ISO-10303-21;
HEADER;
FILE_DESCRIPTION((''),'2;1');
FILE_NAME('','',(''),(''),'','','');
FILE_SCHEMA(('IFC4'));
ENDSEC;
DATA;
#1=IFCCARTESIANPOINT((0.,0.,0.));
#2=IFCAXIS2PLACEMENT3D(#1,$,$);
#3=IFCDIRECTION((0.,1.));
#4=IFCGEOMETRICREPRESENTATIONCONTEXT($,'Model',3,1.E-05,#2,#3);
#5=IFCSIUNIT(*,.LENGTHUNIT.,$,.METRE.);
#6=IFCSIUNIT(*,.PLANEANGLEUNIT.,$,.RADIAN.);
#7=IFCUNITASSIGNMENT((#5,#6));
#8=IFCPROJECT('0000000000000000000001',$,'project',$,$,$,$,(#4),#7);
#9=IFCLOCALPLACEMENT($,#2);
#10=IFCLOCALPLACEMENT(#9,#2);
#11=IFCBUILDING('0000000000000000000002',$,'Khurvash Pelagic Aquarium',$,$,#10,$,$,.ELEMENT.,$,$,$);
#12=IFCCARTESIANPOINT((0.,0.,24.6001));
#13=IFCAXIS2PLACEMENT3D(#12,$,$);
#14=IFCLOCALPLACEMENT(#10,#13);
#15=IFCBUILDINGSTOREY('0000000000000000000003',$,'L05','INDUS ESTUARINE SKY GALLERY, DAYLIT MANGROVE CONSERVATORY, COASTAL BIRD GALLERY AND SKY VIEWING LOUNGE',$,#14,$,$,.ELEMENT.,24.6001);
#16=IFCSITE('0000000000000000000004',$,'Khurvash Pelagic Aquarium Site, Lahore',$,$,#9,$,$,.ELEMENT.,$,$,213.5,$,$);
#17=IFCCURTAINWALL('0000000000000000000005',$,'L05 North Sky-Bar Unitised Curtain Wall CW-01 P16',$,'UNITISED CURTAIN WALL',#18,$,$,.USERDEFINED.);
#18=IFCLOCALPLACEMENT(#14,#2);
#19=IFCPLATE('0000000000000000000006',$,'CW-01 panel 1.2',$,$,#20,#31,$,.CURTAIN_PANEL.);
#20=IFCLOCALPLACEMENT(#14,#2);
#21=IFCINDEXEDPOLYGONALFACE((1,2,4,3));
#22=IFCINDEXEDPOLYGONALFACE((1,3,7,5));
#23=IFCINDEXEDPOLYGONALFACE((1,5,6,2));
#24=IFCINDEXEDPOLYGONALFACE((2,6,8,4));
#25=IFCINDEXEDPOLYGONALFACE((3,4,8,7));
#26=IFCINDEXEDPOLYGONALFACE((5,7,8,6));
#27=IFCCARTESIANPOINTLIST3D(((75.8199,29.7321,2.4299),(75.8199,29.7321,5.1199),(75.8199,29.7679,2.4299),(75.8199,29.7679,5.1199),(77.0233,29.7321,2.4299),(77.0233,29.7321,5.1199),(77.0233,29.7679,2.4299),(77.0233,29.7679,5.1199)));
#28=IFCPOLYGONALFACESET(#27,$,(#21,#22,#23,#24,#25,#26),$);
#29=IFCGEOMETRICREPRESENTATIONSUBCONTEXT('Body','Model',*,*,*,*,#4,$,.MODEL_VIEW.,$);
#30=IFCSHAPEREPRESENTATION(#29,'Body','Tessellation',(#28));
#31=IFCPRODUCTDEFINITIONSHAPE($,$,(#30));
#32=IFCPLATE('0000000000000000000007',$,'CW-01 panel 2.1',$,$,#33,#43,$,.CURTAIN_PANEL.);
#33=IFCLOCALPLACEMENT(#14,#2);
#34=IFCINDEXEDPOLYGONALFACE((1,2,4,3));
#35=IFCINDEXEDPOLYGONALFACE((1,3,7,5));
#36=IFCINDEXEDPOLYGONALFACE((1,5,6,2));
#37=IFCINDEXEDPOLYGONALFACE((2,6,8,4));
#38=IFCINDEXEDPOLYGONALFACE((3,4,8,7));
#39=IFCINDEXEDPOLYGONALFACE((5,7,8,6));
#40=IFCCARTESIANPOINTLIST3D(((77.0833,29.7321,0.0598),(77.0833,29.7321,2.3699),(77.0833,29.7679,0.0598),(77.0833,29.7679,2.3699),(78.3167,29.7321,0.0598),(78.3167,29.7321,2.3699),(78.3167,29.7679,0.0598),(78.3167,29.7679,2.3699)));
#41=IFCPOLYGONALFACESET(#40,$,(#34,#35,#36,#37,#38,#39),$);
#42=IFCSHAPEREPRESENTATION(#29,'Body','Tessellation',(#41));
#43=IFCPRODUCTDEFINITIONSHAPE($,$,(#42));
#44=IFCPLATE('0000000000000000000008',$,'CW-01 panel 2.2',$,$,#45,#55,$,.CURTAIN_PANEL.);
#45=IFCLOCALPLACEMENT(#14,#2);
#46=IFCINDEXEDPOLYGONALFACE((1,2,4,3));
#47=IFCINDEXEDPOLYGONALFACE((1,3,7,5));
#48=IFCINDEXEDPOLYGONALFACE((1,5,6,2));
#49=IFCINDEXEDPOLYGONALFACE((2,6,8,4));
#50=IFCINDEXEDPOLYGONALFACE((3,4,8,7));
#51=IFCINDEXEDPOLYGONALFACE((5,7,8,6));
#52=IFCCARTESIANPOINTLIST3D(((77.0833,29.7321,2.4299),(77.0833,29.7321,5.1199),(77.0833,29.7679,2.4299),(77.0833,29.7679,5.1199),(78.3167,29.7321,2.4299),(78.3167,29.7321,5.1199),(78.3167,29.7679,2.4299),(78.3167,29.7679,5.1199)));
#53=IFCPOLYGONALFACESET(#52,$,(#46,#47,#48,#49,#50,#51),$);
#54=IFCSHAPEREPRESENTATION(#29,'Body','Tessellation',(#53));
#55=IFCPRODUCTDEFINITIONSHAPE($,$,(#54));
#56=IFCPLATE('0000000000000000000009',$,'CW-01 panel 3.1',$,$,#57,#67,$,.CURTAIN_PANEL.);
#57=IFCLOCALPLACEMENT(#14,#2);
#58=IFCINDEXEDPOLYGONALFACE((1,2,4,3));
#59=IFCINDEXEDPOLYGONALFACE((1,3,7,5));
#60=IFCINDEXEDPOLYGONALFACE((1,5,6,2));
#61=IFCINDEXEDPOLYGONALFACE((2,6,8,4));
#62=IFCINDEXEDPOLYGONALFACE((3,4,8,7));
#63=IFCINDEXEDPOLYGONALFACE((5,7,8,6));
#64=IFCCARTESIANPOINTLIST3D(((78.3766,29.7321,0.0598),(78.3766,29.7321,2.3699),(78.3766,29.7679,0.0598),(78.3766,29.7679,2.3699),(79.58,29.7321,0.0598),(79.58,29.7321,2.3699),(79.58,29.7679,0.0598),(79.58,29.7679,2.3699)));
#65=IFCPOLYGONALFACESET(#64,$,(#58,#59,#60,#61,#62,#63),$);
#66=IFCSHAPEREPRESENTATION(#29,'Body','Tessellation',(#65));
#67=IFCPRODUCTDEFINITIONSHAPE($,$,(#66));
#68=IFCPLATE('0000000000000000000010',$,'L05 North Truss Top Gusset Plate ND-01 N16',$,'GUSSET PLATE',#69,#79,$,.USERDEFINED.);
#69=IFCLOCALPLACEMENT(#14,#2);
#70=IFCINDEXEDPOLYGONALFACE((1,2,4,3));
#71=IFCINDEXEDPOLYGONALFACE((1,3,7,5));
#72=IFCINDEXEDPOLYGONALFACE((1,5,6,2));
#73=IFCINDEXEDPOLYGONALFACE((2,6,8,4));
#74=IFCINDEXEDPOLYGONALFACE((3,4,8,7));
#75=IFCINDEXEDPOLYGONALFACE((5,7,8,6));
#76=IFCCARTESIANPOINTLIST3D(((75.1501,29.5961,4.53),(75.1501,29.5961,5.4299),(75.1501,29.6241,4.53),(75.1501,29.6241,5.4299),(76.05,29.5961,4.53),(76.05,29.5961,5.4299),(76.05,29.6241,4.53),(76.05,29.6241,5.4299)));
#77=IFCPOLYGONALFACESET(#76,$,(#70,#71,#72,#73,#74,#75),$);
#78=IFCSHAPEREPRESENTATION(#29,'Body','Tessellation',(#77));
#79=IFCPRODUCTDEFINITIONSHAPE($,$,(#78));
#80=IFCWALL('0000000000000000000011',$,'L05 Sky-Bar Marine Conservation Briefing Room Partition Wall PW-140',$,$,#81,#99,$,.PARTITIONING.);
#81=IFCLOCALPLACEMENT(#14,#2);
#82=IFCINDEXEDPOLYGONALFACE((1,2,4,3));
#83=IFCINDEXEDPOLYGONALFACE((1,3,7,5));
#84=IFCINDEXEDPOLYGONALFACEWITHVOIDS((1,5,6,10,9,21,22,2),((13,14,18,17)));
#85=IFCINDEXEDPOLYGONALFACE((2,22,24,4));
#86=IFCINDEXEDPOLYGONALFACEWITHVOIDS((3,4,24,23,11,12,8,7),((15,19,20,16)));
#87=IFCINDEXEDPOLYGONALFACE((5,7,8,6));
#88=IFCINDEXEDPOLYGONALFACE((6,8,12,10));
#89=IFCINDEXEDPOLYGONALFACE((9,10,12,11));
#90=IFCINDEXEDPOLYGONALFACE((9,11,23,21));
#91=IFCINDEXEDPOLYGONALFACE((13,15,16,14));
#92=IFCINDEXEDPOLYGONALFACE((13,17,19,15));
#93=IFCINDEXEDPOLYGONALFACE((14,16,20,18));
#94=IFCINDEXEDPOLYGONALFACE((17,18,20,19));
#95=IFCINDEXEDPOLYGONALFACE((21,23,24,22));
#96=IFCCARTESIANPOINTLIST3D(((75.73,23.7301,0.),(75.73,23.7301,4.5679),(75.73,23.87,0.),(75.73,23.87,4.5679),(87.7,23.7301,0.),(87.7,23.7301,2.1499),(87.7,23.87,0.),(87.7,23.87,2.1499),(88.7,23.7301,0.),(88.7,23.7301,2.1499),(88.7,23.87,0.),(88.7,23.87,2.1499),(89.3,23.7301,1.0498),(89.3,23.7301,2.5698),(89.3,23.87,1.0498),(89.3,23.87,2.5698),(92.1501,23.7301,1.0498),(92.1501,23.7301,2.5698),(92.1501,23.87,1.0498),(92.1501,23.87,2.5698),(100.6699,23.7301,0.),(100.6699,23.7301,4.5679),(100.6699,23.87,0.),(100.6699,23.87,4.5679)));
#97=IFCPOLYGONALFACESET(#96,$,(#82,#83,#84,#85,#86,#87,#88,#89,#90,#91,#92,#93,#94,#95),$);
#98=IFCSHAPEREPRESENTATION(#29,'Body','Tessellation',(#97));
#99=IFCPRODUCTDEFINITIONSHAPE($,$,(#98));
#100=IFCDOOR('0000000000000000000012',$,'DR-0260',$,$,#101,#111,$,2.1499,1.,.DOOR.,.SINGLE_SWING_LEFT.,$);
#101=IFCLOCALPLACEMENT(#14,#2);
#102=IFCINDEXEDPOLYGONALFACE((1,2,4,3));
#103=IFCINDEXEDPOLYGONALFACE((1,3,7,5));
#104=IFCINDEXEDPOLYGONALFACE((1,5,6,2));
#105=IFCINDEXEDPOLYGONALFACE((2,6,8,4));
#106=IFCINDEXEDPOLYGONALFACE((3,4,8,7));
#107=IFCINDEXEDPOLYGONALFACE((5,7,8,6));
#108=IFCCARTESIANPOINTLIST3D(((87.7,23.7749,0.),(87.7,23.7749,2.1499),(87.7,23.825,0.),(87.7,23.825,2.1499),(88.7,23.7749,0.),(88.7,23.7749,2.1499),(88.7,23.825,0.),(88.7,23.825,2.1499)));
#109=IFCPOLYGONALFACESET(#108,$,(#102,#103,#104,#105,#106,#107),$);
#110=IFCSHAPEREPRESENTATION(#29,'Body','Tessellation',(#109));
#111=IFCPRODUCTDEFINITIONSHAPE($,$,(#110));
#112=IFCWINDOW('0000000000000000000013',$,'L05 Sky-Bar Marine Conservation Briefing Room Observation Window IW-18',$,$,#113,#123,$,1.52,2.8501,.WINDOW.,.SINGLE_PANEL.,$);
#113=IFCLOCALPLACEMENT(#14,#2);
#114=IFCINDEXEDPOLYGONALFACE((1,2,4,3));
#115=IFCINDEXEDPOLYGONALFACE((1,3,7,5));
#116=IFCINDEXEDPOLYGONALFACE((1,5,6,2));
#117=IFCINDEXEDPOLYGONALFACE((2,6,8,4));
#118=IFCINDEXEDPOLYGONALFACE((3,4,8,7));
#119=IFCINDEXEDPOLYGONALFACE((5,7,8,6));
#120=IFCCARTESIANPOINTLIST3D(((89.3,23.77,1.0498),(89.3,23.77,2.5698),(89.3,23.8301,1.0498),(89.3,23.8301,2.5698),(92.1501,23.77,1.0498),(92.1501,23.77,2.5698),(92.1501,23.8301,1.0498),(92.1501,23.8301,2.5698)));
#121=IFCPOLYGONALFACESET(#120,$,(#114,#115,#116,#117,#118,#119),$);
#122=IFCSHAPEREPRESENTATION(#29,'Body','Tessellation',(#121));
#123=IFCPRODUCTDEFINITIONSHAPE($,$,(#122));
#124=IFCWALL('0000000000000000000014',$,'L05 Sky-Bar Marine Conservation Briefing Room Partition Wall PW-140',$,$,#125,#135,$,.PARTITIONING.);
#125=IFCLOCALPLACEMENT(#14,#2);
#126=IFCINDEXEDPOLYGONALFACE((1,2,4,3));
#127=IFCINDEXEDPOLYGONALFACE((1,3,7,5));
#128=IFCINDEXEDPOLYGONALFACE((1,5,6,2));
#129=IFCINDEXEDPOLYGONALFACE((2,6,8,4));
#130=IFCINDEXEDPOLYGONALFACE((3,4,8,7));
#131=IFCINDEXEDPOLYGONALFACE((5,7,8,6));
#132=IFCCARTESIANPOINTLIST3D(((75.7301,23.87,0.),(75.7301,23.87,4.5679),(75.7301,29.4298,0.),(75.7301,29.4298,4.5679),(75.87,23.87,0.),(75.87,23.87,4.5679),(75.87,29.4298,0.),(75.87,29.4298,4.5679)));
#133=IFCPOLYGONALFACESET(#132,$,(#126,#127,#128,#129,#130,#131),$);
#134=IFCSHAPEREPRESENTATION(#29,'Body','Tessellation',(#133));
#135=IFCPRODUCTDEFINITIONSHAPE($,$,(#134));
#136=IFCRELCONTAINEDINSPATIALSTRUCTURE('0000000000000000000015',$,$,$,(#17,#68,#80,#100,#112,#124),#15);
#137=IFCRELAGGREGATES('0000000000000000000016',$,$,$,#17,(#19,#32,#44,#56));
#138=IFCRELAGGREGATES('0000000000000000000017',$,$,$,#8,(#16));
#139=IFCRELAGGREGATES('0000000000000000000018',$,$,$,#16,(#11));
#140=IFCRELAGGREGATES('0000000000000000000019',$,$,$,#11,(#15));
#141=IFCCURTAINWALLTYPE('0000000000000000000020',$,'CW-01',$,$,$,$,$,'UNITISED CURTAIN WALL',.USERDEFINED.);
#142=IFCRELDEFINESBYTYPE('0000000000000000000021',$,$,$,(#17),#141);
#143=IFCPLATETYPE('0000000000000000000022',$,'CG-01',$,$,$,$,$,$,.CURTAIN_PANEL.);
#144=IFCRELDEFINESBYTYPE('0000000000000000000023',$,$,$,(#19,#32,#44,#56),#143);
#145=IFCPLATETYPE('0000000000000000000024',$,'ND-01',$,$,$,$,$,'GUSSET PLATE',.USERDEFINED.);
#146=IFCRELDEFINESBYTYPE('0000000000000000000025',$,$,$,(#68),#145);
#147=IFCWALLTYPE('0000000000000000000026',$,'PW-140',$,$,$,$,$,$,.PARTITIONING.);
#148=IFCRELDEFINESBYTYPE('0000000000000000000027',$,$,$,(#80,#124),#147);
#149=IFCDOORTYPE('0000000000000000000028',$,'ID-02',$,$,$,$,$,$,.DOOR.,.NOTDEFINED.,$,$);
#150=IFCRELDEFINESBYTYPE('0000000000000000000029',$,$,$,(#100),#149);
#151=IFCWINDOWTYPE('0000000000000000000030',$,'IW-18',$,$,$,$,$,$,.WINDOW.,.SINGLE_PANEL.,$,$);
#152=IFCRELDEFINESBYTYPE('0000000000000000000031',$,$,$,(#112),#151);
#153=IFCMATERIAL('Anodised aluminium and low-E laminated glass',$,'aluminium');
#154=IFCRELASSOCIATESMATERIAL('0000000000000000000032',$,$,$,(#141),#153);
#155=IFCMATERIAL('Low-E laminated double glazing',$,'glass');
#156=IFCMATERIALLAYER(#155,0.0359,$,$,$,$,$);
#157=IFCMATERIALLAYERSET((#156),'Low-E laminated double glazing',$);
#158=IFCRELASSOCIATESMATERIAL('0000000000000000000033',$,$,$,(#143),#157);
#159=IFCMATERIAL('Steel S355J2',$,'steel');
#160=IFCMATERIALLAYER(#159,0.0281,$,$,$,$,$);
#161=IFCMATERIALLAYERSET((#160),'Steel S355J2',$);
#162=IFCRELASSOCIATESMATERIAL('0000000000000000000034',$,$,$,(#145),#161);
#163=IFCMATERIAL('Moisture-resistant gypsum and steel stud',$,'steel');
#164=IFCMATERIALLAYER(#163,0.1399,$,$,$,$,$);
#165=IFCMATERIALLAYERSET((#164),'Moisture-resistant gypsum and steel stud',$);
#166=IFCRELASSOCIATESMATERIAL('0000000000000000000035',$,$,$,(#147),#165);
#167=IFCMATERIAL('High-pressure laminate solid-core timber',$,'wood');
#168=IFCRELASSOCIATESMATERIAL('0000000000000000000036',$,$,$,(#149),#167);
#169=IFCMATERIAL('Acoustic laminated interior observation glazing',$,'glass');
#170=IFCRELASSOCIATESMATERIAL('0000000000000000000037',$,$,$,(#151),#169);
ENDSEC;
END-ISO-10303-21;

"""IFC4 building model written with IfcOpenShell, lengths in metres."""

from ifc_helpers import new_model, si_unit, direction, frame, frame_2d, origin, origin_2d, place, context, subcontext, project, spatial, rectangle, extrude, material, layer, layer_set, type_object, element, fill, aggregate, save


model = new_model("IFC4")

# Units and contexts
model_context = context("Model", 3, precision=1e-05, world=origin(), true_north=direction((0.0, 1.0)))
body_context = subcontext(model_context, "Body", "Model", "MODEL_VIEW")
ifc_project = project(units=[si_unit("LENGTHUNIT", "METRE"), si_unit("PLANEANGLEUNIT", "RADIAN")], contexts=[model_context])

# Site, building, storey
site_placement = place(None, origin())
site = spatial("IfcSite", under=ifc_project, at=site_placement, Name="Khurvash Pelagic Aquarium Site, Lahore", CompositionType="ELEMENT", RefElevation=213.5)
building_placement = place(site_placement, origin())
building = spatial("IfcBuilding", under=site, at=building_placement, Name="Khurvash Pelagic Aquarium", CompositionType="ELEMENT")
storey_placement = place(building_placement, frame((0.0, 0.0, 24.6001)))
storey = spatial("IfcBuildingStorey", under=building, at=storey_placement, Name="L05", Description="INDUS ESTUARINE SKY GALLERY, DAYLIT MANGROVE CONSERVATORY, COASTAL BIRD GALLERY AND SKY VIEWING LOUNGE", CompositionType="ELEMENT", Elevation=24.6001)

# Curtain wall
ifc_material_1 = material(Name="Anodised aluminium and low-E laminated glass", Category="aluminium")
curtain_wall_type = type_object("IfcCurtainWallType", Name="CW-01", ElementType="UNITISED CURTAIN WALL", PredefinedType="USERDEFINED", material=ifc_material_1)
curtain_wall_placement = place(storey_placement, origin())
curtain_wall = element("IfcCurtainWall", 1, at=curtain_wall_placement, inside=storey, type_object=curtain_wall_type, Name="L05 North Sky-Bar Unitised Curtain Wall CW-01 P16", ObjectType="UNITISED CURTAIN WALL", PredefinedType="USERDEFINED")

# Shared definitions
ifc_material_2 = material(Name="Steel S355J2", Category="steel")

# Plates
ifc_material_3 = material(Name="Low-E laminated double glazing", Category="glass")
ifc_layer_1 = layer(ifc_material_3, 0.0359)
ifc_layer_set_1 = layer_set([ifc_layer_1], Name="Low-E laminated double glazing")
plate_type_1 = type_object("IfcPlateType", Name="CG-01", PredefinedType="CURTAIN_PANEL", material=ifc_layer_set_1)
plate_1_placement = place(storey_placement, frame((76.4216, 29.75, 2.4299), z_axis=(0.0, 0.0, 1.0), x_axis=(1.0, 0.0, 0.0)))
plate_1 = element("IfcPlate", 2, at=plate_1_placement, type_object=plate_type_1, Name="CW-01 panel 1.2", PredefinedType="CURTAIN_PANEL", context=body_context, shape_type="SweptSolid", body=[
    extrude(rectangle(XDim=1.2034, YDim=0.0359, at=origin_2d()), origin(), (0.0, 0.0, 1.0), 2.6899),
])
plate_2_placement = place(storey_placement, frame((77.7, 29.75, 0.0598), z_axis=(0.0, 0.0, 1.0), x_axis=(1.0, 0.0, 0.0)))
plate_2 = element("IfcPlate", 3, at=plate_2_placement, type_object=plate_type_1, Name="CW-01 panel 2.1", PredefinedType="CURTAIN_PANEL", context=body_context, shape_type="SweptSolid", body=[
    extrude(rectangle(XDim=1.2334, YDim=0.0359, at=origin_2d()), origin(), (0.0, 0.0, 1.0), 2.3101),
])
plate_3_placement = place(storey_placement, frame((77.7, 29.75, 2.4299), z_axis=(0.0, 0.0, 1.0), x_axis=(1.0, 0.0, 0.0)))
plate_3 = element("IfcPlate", 4, at=plate_3_placement, type_object=plate_type_1, Name="CW-01 panel 2.2", PredefinedType="CURTAIN_PANEL", context=body_context, shape_type="SweptSolid", body=[
    extrude(rectangle(XDim=1.2334, YDim=0.0359, at=origin_2d()), origin(), (0.0, 0.0, 1.0), 2.6899),
])
plate_4_placement = place(storey_placement, frame((78.9783, 29.75, 0.0598), z_axis=(0.0, 0.0, 1.0), x_axis=(1.0, 0.0, 0.0)))
plate_4 = element("IfcPlate", 5, at=plate_4_placement, type_object=plate_type_1, Name="CW-01 panel 3.1", PredefinedType="CURTAIN_PANEL", context=body_context, shape_type="SweptSolid", body=[
    extrude(rectangle(XDim=1.2034, YDim=0.0359, at=origin_2d()), origin(), (0.0, 0.0, 1.0), 2.3101),
])
aggregate(curtain_wall, [plate_1, plate_2, plate_3, plate_4])
ifc_layer_2 = layer(ifc_material_2, 0.0281)
ifc_layer_set_2 = layer_set([ifc_layer_2], Name="Steel S355J2")
plate_type_2 = type_object("IfcPlateType", Name="ND-01", ElementType="GUSSET PLATE", PredefinedType="USERDEFINED", material=ifc_layer_set_2)
plate_5_placement = place(storey_placement, frame((75.6001, 29.6101, 4.53), z_axis=(0.0, 0.0, 1.0), x_axis=(1.0, 0.0, 0.0)))
element("IfcPlate", 6, at=plate_5_placement, inside=storey, type_object=plate_type_2, Name="L05 North Truss Top Gusset Plate ND-01 N16", ObjectType="GUSSET PLATE", PredefinedType="USERDEFINED", context=body_context, shape_type="SweptSolid", body=[
    extrude(rectangle(XDim=0.8999, YDim=0.0281, at=origin_2d()), origin(), (0.0, 0.0, 1.0), 0.8999),
])

# Wall, openings, door, window
ifc_material_4 = material(Name="Moisture-resistant gypsum and steel stud", Category="steel")
ifc_layer_3 = layer(ifc_material_4, 0.1399)
ifc_layer_set_3 = layer_set([ifc_layer_3], Name="Moisture-resistant gypsum and steel stud")
wall_type = type_object("IfcWallType", Name="PW-140", PredefinedType="PARTITIONING", material=ifc_layer_set_3)
wall_1_placement = place(storey_placement, frame((75.73, 23.8, 0.0), z_axis=(0.0, 0.0, 1.0), x_axis=(1.0, 0.0, 0.0)))
wall_1 = element("IfcWall", 7, at=wall_1_placement, inside=storey, type_object=wall_type, Name="L05 Sky-Bar Marine Conservation Briefing Room Partition Wall PW-140", PredefinedType="PARTITIONING", context=body_context, shape_type="SweptSolid", body=[
    extrude(rectangle(XDim=24.9399, YDim=0.1399, at=frame_2d((12.47, 0.0))), origin(), (0.0, 0.0, 1.0), 4.5679),
])
opening_1_placement = place(wall_1_placement, frame((11.97, 0.0, 0.0)))
opening_1 = element("IfcOpeningElement", 8, at=opening_1_placement, cuts=wall_1, PredefinedType="OPENING", context=body_context, shape_type="SweptSolid", body=[
    extrude(rectangle(XDim=1.0, YDim=2.1499, at=frame_2d((0.5, 1.075))), frame((0.0, 0.0801, 0.0), z_axis=(0.0, -1.0, 0.0), x_axis=(1.0, 0.0, 0.0)), (0.0, 0.0, 1.0), 0.1599),
])
opening_2_placement = place(wall_1_placement, frame((13.5701, 0.0, 1.0498)))
opening_2 = element("IfcOpeningElement", 9, at=opening_2_placement, cuts=wall_1, PredefinedType="OPENING", context=body_context, shape_type="SweptSolid", body=[
    extrude(rectangle(XDim=2.8501, YDim=1.52, at=frame_2d((1.425, 0.76))), frame((0.0, 0.0801, 0.0), z_axis=(0.0, -1.0, 0.0), x_axis=(1.0, 0.0, 0.0)), (0.0, 0.0, 1.0), 0.1599),
])
ifc_material_5 = material(Name="High-pressure laminate solid-core timber", Category="wood")
door_type = type_object("IfcDoorType", Name="ID-02", OperationType="NOTDEFINED", PredefinedType="DOOR", material=ifc_material_5)
door_placement = place(opening_1_placement, origin())
door = element("IfcDoor", 10, at=door_placement, inside=storey, type_object=door_type, Name="DR-0260", OperationType="SINGLE_SWING_LEFT", OverallHeight=2.1499, OverallWidth=1.0, PredefinedType="DOOR", context=body_context, shape_type="SweptSolid", body=[
    extrude(rectangle(XDim=1.0, YDim=2.1499, at=frame_2d((0.5, 1.075))), frame((0.0, 0.0249, 0.0), z_axis=(0.0, -1.0, 0.0), x_axis=(1.0, 0.0, 0.0)), (0.0, 0.0, 1.0), 0.05),
])
fill(opening_1, door)
ifc_material_6 = material(Name="Acoustic laminated interior observation glazing", Category="glass")
window_type = type_object("IfcWindowType", Name="IW-18", PartitioningType="SINGLE_PANEL", PredefinedType="WINDOW", material=ifc_material_6)
window_placement = place(opening_2_placement, origin())
window = element("IfcWindow", 11, at=window_placement, inside=storey, type_object=window_type, Name="L05 Sky-Bar Marine Conservation Briefing Room Observation Window IW-18", OverallHeight=1.52, OverallWidth=2.8501, PartitioningType="SINGLE_PANEL", PredefinedType="WINDOW", context=body_context, shape_type="SweptSolid", body=[
    extrude(rectangle(XDim=2.8501, YDim=1.52, at=frame_2d((1.425, 0.76))), frame((0.0, 0.03, 0.0), z_axis=(0.0, -1.0, 0.0), x_axis=(1.0, 0.0, 0.0)), (0.0, 0.0, 1.0), 0.0601),
])
fill(opening_2, window)

# Wall
wall_2_placement = place(storey_placement, frame((75.8, 23.8701, 0.0), z_axis=(0.0, 0.0, 1.0), x_axis=(0.0, 1.0, 0.0)))
element("IfcWall", 12, at=wall_2_placement, inside=storey, type_object=wall_type, Name="L05 Sky-Bar Marine Conservation Briefing Room Partition Wall PW-140", PredefinedType="PARTITIONING", context=body_context, shape_type="SweptSolid", body=[
    extrude(rectangle(XDim=5.5598, YDim=0.1399, at=frame_2d((2.7798, 0.0))), origin(), (0.0, 0.0, 1.0), 4.5679),
])

save(model, "model.ifc")
